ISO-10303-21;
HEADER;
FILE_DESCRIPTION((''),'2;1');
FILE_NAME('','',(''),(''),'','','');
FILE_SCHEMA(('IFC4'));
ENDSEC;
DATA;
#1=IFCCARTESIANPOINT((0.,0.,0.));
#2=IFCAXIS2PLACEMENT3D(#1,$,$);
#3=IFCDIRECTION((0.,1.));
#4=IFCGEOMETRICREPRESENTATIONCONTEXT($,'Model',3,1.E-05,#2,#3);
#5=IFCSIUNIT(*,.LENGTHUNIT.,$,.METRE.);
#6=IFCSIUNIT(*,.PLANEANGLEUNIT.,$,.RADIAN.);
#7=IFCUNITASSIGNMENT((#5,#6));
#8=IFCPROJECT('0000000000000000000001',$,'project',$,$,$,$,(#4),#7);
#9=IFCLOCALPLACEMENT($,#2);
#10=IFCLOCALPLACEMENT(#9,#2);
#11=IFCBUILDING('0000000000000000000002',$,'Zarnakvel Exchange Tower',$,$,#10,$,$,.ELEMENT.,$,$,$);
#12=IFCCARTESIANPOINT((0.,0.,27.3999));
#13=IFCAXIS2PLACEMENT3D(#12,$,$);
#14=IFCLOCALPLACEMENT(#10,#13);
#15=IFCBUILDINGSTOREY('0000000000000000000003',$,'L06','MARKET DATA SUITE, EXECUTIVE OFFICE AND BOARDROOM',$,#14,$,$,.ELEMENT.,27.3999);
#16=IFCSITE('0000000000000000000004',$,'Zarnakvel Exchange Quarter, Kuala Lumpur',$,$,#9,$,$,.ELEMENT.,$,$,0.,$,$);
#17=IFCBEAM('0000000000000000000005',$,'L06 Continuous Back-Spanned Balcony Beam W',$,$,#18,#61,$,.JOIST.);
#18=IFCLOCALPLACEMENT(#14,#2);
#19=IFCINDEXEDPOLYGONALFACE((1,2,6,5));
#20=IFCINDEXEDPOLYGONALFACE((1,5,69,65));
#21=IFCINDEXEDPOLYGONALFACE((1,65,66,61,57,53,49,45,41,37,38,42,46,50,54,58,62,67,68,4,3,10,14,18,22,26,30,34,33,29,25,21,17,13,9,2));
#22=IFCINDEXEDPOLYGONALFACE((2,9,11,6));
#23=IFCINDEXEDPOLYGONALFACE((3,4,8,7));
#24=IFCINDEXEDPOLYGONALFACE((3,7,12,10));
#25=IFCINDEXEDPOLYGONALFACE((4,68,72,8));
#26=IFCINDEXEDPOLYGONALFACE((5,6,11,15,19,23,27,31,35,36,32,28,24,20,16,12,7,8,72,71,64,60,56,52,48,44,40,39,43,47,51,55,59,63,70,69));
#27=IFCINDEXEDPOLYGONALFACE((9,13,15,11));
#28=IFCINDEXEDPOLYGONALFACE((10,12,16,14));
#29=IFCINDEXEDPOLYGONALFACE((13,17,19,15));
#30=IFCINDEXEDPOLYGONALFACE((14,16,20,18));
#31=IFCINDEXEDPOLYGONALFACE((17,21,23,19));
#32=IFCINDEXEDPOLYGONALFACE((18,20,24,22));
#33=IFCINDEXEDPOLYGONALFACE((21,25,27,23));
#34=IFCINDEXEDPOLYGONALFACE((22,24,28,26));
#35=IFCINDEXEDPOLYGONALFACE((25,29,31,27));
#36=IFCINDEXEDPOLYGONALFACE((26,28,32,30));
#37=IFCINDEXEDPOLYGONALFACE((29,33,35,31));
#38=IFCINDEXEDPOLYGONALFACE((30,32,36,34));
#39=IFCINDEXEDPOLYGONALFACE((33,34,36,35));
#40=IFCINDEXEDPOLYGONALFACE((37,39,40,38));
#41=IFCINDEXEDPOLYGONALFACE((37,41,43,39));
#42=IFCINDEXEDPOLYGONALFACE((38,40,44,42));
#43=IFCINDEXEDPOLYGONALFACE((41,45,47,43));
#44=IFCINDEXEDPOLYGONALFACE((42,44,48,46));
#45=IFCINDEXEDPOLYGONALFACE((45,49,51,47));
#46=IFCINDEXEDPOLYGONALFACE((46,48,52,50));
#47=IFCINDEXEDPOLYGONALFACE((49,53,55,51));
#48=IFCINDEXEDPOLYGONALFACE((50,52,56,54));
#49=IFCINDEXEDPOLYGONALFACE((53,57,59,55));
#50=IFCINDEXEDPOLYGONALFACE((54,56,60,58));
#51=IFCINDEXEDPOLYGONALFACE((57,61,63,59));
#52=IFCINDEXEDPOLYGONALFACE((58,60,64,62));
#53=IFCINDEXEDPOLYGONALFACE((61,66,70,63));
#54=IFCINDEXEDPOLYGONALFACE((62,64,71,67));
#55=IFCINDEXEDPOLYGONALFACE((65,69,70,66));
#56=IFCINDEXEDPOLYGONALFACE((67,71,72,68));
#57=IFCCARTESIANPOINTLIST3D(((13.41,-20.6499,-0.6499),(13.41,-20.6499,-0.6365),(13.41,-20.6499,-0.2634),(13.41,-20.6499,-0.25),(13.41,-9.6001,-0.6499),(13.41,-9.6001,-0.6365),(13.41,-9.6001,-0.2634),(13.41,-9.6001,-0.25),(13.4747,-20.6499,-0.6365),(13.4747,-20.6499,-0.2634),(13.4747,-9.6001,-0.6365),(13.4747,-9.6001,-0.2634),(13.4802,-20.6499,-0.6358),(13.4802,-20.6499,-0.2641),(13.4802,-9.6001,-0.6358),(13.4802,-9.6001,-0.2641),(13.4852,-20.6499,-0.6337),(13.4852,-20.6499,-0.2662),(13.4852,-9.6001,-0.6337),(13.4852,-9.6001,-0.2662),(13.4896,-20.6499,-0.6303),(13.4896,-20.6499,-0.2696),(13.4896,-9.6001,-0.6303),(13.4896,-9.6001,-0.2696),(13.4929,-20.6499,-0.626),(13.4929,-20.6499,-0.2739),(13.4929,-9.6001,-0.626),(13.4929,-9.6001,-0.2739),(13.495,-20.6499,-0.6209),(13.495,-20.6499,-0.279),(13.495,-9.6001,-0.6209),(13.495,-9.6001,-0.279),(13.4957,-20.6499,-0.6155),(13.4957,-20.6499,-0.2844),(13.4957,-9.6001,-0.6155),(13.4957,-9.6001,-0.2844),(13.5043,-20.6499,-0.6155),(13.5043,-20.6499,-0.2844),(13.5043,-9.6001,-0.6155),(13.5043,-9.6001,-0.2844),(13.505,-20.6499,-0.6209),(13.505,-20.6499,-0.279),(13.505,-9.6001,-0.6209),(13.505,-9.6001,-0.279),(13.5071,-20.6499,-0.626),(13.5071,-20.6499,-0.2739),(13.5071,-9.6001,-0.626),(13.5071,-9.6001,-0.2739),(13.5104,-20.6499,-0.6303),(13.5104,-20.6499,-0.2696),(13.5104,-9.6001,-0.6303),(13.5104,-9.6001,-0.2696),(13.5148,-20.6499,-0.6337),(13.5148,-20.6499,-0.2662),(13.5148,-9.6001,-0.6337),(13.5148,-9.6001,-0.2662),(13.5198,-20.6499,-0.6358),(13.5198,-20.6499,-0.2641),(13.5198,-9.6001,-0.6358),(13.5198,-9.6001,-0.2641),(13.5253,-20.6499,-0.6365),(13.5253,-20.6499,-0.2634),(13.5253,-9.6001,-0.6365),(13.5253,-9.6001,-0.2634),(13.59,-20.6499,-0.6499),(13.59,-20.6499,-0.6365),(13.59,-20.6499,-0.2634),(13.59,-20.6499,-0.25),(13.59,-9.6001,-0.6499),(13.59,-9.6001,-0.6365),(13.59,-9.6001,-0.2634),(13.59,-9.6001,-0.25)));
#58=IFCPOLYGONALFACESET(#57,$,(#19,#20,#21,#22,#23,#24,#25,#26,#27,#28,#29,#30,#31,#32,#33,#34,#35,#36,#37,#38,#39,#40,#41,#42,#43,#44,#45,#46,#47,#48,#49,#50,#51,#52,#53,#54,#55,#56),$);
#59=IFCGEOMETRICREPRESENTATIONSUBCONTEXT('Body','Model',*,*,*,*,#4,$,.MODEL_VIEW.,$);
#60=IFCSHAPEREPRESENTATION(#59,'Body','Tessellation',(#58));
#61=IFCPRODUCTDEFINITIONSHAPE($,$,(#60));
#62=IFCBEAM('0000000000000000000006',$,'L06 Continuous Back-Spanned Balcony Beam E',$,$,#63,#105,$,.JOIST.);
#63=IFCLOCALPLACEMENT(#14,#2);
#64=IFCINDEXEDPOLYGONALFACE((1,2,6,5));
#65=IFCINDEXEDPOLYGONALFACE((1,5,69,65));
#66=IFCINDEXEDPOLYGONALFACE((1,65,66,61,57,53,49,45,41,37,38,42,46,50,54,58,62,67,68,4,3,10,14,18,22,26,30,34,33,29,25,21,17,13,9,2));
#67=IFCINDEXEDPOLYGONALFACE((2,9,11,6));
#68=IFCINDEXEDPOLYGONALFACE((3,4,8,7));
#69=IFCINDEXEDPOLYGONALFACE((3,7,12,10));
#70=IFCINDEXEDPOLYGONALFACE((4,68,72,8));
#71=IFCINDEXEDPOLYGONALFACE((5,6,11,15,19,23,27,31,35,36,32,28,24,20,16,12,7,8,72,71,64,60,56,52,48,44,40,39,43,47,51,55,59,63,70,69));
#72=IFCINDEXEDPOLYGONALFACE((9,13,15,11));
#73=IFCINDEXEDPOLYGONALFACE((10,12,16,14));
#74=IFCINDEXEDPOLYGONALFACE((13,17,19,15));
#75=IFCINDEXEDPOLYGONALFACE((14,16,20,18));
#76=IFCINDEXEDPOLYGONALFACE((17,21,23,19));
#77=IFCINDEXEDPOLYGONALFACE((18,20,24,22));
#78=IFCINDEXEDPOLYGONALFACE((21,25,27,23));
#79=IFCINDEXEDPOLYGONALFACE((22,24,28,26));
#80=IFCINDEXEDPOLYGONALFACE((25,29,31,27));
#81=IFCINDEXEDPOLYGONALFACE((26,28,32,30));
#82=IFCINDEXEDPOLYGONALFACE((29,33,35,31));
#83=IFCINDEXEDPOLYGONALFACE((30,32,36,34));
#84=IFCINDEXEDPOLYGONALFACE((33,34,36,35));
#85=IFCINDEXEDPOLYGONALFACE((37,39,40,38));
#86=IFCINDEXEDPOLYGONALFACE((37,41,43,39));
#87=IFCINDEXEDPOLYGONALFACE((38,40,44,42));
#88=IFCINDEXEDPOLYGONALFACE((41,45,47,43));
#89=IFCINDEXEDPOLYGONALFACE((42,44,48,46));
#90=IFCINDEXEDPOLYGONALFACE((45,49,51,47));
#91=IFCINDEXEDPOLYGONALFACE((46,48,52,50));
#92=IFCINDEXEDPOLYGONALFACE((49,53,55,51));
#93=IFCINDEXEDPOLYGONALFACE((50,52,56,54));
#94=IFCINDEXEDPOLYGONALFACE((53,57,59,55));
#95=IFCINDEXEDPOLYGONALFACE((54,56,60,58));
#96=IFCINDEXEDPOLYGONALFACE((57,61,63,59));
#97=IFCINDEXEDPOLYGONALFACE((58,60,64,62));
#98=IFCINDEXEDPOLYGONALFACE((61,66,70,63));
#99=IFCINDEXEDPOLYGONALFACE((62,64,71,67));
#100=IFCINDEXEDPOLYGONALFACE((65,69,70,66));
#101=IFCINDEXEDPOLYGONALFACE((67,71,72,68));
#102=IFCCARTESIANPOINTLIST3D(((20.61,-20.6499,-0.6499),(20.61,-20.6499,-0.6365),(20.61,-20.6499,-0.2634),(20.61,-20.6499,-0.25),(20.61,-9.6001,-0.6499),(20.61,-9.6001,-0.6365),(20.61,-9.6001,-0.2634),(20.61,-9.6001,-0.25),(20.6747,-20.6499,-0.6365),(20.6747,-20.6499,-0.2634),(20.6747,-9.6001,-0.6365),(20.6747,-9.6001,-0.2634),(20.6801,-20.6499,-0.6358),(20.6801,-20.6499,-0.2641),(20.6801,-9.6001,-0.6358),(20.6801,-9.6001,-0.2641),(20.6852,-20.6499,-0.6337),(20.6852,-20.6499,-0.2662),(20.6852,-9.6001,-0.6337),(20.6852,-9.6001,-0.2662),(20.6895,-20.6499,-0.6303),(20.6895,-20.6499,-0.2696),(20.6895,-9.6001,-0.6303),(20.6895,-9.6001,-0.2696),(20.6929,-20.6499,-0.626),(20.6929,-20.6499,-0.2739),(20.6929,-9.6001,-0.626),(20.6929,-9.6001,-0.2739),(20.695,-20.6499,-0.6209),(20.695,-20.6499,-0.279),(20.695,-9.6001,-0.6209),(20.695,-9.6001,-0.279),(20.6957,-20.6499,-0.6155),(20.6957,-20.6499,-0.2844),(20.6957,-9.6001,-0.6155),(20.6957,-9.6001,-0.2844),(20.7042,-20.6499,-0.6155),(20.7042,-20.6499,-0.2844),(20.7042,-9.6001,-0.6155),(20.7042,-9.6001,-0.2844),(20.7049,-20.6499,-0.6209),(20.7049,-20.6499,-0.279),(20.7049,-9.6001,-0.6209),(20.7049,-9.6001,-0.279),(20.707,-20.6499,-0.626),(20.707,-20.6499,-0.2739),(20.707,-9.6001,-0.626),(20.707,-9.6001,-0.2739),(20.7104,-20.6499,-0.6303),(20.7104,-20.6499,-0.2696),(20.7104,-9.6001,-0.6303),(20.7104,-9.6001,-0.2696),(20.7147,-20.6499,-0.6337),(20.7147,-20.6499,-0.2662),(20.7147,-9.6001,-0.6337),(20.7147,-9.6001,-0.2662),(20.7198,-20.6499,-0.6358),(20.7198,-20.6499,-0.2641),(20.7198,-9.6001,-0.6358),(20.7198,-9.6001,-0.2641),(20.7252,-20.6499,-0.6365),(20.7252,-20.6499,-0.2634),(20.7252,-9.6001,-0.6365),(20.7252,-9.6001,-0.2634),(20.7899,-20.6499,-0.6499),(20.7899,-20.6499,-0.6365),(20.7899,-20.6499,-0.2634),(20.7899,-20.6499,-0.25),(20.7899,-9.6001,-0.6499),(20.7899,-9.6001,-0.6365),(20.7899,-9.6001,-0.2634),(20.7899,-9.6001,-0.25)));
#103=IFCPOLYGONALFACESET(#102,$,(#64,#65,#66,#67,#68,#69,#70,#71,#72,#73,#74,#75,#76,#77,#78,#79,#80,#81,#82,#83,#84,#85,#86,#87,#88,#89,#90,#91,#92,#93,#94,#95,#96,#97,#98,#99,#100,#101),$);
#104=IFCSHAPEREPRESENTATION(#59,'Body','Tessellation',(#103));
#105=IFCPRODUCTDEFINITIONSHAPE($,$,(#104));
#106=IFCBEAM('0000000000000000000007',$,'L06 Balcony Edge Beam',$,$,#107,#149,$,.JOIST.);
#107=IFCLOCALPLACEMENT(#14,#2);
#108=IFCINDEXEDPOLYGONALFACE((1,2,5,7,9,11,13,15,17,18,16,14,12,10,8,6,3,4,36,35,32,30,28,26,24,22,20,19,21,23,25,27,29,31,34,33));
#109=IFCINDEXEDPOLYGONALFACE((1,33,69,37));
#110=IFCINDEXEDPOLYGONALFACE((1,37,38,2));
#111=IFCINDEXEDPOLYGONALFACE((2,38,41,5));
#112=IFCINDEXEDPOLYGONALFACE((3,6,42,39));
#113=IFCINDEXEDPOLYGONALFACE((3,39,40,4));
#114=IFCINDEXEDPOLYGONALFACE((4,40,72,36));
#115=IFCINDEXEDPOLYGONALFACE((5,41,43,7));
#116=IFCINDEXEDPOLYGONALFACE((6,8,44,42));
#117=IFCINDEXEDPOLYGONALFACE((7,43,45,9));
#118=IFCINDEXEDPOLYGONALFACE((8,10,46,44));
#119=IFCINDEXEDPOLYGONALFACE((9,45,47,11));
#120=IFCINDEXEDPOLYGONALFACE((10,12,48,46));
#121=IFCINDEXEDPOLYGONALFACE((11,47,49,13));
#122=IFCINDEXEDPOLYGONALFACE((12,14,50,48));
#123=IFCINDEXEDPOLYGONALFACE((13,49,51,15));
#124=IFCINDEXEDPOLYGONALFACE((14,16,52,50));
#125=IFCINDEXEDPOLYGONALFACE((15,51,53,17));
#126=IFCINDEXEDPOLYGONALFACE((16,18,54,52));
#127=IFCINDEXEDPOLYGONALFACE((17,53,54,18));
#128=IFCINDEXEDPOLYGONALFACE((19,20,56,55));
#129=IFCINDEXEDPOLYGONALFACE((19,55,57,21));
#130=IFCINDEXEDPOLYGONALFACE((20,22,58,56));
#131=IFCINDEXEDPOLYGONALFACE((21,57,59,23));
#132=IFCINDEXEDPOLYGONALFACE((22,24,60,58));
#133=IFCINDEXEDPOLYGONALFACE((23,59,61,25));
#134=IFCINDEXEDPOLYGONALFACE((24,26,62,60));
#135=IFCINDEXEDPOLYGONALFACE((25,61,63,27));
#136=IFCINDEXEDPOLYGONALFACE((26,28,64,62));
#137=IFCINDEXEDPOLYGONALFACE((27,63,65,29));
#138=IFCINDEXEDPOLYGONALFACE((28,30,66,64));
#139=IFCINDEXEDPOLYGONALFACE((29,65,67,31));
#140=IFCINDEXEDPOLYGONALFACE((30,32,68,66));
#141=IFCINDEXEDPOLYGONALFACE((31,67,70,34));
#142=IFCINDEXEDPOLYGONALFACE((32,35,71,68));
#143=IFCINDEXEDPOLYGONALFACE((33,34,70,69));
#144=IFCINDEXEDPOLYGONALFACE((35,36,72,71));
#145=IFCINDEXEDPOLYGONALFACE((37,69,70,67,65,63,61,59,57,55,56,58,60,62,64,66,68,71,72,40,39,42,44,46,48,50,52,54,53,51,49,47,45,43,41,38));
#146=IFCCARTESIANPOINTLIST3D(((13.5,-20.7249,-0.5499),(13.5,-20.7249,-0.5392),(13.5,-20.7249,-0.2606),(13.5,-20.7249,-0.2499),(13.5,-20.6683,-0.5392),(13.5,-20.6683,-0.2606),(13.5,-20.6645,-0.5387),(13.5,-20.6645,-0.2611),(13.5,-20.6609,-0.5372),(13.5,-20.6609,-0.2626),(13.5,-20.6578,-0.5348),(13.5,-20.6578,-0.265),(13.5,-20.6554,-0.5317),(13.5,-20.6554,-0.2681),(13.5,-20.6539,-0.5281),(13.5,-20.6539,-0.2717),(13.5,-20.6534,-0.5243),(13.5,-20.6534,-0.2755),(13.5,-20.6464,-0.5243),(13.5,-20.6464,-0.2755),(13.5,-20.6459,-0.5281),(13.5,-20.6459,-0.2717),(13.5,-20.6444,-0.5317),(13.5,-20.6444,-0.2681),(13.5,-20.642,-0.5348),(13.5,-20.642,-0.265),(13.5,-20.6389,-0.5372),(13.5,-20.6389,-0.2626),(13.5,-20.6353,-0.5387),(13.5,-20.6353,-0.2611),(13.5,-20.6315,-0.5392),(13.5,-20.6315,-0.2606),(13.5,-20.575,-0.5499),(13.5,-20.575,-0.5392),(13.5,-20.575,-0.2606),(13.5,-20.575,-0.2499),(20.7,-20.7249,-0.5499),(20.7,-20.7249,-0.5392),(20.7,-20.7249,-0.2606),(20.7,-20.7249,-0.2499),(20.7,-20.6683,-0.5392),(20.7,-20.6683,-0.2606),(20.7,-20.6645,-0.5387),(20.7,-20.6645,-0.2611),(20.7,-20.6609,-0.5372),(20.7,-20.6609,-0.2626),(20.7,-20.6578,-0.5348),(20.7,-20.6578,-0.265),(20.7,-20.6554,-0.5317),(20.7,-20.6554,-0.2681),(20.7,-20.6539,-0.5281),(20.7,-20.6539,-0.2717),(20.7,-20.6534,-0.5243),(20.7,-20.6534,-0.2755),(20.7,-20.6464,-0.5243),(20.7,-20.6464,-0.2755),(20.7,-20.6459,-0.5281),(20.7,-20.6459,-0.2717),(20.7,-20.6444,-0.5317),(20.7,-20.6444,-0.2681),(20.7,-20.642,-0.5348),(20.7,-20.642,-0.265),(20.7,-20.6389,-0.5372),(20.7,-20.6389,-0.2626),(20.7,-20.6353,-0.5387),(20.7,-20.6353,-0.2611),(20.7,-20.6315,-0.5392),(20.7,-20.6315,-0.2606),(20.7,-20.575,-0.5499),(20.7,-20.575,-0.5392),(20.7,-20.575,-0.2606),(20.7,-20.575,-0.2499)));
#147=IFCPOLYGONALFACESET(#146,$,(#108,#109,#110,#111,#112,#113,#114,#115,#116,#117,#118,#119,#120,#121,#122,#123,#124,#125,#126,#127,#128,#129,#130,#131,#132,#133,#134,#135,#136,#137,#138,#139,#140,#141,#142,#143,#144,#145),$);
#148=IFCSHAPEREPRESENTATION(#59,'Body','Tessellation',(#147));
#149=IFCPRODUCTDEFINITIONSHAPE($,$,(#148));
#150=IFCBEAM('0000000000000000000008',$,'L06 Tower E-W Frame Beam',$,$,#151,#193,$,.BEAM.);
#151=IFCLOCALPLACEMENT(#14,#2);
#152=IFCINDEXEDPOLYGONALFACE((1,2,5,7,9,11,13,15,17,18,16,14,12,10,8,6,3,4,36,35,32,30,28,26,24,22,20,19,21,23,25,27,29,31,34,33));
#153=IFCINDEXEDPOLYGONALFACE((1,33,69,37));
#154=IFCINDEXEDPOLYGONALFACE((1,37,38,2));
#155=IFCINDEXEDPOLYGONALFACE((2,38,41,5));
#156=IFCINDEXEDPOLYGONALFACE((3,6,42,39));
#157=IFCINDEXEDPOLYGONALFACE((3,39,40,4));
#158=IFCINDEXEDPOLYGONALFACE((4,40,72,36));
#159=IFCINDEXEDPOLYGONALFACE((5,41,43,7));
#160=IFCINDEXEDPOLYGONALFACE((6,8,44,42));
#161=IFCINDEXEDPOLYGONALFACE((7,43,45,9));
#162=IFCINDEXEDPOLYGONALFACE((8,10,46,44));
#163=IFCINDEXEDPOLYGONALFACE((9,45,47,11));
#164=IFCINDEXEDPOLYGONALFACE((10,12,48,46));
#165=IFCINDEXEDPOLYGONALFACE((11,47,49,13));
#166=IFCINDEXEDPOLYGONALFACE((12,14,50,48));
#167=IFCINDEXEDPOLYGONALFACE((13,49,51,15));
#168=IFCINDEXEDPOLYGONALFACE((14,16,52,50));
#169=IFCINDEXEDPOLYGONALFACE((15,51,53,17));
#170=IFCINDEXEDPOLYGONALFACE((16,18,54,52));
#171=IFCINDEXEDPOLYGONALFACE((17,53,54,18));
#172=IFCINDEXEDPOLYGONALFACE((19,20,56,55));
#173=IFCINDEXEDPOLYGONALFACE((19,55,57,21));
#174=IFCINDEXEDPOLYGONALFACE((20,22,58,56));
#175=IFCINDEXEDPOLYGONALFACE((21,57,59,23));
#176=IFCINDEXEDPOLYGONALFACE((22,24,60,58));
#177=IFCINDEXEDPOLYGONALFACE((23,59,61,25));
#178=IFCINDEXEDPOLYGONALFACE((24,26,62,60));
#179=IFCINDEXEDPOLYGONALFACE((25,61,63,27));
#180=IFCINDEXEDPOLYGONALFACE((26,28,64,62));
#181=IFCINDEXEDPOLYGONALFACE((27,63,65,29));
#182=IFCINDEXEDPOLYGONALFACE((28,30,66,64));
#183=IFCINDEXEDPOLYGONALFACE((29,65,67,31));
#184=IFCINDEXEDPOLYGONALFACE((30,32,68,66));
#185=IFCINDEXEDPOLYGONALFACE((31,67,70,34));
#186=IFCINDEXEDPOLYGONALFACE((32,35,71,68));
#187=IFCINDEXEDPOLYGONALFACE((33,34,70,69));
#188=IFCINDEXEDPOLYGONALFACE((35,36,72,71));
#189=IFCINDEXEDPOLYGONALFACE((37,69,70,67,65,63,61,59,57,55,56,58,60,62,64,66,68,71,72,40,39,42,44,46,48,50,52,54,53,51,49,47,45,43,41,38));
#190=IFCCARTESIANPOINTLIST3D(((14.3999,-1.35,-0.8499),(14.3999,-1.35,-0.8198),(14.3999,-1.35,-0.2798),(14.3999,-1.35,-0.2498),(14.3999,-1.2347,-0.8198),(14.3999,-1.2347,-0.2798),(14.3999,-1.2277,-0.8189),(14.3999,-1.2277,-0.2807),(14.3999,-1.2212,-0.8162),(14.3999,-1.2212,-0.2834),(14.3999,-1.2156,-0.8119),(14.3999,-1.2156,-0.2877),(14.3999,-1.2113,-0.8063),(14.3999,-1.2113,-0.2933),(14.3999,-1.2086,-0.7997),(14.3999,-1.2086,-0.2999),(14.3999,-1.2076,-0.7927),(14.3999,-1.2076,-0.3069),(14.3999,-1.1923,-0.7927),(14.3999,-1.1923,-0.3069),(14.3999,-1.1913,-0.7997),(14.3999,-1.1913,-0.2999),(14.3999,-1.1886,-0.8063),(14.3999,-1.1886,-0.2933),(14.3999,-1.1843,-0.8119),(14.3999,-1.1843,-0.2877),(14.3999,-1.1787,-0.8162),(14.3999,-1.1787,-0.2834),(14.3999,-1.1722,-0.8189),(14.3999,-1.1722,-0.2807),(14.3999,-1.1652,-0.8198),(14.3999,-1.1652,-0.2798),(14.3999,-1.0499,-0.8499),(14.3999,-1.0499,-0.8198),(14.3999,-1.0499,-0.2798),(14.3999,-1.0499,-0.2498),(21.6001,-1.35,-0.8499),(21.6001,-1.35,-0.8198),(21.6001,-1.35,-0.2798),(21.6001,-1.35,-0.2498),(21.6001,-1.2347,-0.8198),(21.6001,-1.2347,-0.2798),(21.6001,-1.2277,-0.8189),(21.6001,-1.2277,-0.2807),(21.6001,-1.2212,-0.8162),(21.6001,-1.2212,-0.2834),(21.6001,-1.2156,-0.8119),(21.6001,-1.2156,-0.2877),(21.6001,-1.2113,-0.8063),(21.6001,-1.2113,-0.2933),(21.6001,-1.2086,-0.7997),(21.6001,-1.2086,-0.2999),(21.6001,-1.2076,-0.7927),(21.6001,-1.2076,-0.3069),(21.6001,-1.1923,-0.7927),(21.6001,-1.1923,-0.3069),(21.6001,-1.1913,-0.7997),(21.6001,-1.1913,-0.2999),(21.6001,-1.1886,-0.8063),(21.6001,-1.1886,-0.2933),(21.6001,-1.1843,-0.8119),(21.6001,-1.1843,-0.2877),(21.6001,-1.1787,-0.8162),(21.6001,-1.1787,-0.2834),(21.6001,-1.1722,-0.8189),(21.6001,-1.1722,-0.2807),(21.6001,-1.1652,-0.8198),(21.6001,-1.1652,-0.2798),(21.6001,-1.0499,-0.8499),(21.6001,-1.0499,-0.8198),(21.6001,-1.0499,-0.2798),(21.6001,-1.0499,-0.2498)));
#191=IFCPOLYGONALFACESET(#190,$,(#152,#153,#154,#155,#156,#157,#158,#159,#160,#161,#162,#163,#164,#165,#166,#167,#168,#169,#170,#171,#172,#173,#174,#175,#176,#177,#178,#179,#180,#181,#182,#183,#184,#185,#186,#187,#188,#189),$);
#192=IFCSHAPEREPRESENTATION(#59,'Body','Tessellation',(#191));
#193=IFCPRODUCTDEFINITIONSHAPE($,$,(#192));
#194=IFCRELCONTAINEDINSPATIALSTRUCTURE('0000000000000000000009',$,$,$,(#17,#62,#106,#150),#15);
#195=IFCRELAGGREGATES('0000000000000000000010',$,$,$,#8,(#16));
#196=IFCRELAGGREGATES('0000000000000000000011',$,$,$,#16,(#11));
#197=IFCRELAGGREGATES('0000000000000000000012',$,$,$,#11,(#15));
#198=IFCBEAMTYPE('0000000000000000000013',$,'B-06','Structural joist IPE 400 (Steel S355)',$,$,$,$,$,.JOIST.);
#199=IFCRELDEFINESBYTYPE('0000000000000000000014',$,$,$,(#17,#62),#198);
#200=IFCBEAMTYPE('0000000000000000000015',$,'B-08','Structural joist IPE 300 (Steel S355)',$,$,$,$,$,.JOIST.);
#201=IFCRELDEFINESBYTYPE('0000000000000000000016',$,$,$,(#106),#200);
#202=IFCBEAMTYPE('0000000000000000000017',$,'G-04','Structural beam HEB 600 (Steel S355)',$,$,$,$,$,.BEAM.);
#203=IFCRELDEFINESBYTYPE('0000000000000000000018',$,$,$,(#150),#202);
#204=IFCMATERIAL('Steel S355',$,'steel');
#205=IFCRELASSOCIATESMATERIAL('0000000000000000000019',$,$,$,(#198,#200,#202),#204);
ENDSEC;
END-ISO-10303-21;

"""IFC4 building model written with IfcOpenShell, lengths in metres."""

from ifc_helpers import new_model, si_unit, direction, frame, origin, origin_2d, place, context, subcontext, project, spatial, i_section, extrude, material, material_profile, profile_set, type_object, element, save


model = new_model("IFC4")

# Units and contexts
model_context = context("Model", 3, precision=1e-05, world=origin(), true_north=direction((0.0, 1.0)))
body_context = subcontext(model_context, "Body", "Model", "MODEL_VIEW")
ifc_project = project(units=[si_unit("LENGTHUNIT", "METRE"), si_unit("PLANEANGLEUNIT", "RADIAN")], contexts=[model_context])

# Site, building, storey
site_placement = place(None, origin())
site = spatial("IfcSite", under=ifc_project, at=site_placement, Name="Zarnakvel Exchange Quarter, Kuala Lumpur", CompositionType="ELEMENT", RefElevation=0.0)
building_placement = place(site_placement, origin())
building = spatial("IfcBuilding", under=site, at=building_placement, Name="Zarnakvel Exchange Tower", CompositionType="ELEMENT")
storey_placement = place(building_placement, frame((0.0, 0.0, 27.3999)))
storey = spatial("IfcBuildingStorey", under=building, at=storey_placement, Name="L06", Description="MARKET DATA SUITE, EXECUTIVE OFFICE AND BOARDROOM", CompositionType="ELEMENT", Elevation=27.3999)

# Beams
ifc_material_1 = material(Name="Steel S355", Category="steel")
ifc_material_profile_1 = material_profile(ifc_material_1, i_section(OverallWidth=0.1799, OverallDepth=0.3999, WebThickness=0.0085, FlangeThickness=0.0134, FilletRadius=0.021, at=origin_2d()))
ifc_profile_set_1 = profile_set([ifc_material_profile_1], Name="Steel S355")
beam_type_1 = type_object("IfcBeamType", Name="B-06", Description="Structural joist IPE 400 (Steel S355)", PredefinedType="JOIST", material=ifc_profile_set_1)
for number, where, z_axis, x_axis, name in (
    (1, (13.5, -9.6001, -0.45), (0.0, -1.0, 0.0), (1.0, 0.0, 0.0), "L06 Continuous Back-Spanned Balcony Beam W"),
    (2, (20.7, -9.6001, -0.45), (0.0, -1.0, 0.0), (1.0, 0.0, 0.0), "L06 Continuous Back-Spanned Balcony Beam E"),
):
    element("IfcBeam", number, at=place(storey_placement, frame(where, z_axis=z_axis, x_axis=x_axis)), inside=storey, type_object=beam_type_1, Name=name, PredefinedType="JOIST", context=body_context, shape_type="SweptSolid", body=[
        extrude(i_section(OverallWidth=0.1799, OverallDepth=0.3999, WebThickness=0.0085, FlangeThickness=0.0134, FilletRadius=0.021, at=origin_2d()), origin(), (0.0, 0.0, 1.0), 11.0498),
    ])
ifc_material_profile_2 = material_profile(ifc_material_1, i_section(OverallWidth=0.1499, OverallDepth=0.3, WebThickness=0.0071, FlangeThickness=0.0107, FilletRadius=0.0149, at=origin_2d()))
ifc_profile_set_2 = profile_set([ifc_material_profile_2], Name="Steel S355")
beam_type_2 = type_object("IfcBeamType", Name="B-08", Description="Structural joist IPE 300 (Steel S355)", PredefinedType="JOIST", material=ifc_profile_set_2)
beam_1_placement = place(storey_placement, frame((13.5, -20.6499, -0.3999), z_axis=(1.0, 0.0, 0.0), x_axis=(0.0, 1.0, 0.0)))
element("IfcBeam", 3, at=beam_1_placement, inside=storey, type_object=beam_type_2, Name="L06 Balcony Edge Beam", PredefinedType="JOIST", context=body_context, shape_type="SweptSolid", body=[
    extrude(i_section(OverallWidth=0.1499, OverallDepth=0.3, WebThickness=0.0071, FlangeThickness=0.0107, FilletRadius=0.0149, at=origin_2d()), origin(), (0.0, 0.0, 1.0), 7.2),
])
ifc_material_profile_3 = material_profile(ifc_material_1, i_section(OverallWidth=0.3, OverallDepth=0.6001, WebThickness=0.0154, FlangeThickness=0.03, FilletRadius=0.0271, at=origin_2d()))
ifc_profile_set_3 = profile_set([ifc_material_profile_3], Name="Steel S355")
beam_type_3 = type_object("IfcBeamType", Name="G-04", Description="Structural beam HEB 600 (Steel S355)", PredefinedType="BEAM", material=ifc_profile_set_3)
beam_2_placement = place(storey_placement, frame((14.3999, -1.2, -0.5498), z_axis=(1.0, 0.0, 0.0), x_axis=(0.0, 1.0, 0.0)))
element("IfcBeam", 4, at=beam_2_placement, inside=storey, type_object=beam_type_3, Name="L06 Tower E-W Frame Beam", PredefinedType="BEAM", context=body_context, shape_type="SweptSolid", body=[
    extrude(i_section(OverallWidth=0.3, OverallDepth=0.6001, WebThickness=0.0154, FlangeThickness=0.03, FilletRadius=0.0271, at=origin_2d()), origin(), (0.0, 0.0, 1.0), 7.2002),
])

save(model, "model.ifc")
